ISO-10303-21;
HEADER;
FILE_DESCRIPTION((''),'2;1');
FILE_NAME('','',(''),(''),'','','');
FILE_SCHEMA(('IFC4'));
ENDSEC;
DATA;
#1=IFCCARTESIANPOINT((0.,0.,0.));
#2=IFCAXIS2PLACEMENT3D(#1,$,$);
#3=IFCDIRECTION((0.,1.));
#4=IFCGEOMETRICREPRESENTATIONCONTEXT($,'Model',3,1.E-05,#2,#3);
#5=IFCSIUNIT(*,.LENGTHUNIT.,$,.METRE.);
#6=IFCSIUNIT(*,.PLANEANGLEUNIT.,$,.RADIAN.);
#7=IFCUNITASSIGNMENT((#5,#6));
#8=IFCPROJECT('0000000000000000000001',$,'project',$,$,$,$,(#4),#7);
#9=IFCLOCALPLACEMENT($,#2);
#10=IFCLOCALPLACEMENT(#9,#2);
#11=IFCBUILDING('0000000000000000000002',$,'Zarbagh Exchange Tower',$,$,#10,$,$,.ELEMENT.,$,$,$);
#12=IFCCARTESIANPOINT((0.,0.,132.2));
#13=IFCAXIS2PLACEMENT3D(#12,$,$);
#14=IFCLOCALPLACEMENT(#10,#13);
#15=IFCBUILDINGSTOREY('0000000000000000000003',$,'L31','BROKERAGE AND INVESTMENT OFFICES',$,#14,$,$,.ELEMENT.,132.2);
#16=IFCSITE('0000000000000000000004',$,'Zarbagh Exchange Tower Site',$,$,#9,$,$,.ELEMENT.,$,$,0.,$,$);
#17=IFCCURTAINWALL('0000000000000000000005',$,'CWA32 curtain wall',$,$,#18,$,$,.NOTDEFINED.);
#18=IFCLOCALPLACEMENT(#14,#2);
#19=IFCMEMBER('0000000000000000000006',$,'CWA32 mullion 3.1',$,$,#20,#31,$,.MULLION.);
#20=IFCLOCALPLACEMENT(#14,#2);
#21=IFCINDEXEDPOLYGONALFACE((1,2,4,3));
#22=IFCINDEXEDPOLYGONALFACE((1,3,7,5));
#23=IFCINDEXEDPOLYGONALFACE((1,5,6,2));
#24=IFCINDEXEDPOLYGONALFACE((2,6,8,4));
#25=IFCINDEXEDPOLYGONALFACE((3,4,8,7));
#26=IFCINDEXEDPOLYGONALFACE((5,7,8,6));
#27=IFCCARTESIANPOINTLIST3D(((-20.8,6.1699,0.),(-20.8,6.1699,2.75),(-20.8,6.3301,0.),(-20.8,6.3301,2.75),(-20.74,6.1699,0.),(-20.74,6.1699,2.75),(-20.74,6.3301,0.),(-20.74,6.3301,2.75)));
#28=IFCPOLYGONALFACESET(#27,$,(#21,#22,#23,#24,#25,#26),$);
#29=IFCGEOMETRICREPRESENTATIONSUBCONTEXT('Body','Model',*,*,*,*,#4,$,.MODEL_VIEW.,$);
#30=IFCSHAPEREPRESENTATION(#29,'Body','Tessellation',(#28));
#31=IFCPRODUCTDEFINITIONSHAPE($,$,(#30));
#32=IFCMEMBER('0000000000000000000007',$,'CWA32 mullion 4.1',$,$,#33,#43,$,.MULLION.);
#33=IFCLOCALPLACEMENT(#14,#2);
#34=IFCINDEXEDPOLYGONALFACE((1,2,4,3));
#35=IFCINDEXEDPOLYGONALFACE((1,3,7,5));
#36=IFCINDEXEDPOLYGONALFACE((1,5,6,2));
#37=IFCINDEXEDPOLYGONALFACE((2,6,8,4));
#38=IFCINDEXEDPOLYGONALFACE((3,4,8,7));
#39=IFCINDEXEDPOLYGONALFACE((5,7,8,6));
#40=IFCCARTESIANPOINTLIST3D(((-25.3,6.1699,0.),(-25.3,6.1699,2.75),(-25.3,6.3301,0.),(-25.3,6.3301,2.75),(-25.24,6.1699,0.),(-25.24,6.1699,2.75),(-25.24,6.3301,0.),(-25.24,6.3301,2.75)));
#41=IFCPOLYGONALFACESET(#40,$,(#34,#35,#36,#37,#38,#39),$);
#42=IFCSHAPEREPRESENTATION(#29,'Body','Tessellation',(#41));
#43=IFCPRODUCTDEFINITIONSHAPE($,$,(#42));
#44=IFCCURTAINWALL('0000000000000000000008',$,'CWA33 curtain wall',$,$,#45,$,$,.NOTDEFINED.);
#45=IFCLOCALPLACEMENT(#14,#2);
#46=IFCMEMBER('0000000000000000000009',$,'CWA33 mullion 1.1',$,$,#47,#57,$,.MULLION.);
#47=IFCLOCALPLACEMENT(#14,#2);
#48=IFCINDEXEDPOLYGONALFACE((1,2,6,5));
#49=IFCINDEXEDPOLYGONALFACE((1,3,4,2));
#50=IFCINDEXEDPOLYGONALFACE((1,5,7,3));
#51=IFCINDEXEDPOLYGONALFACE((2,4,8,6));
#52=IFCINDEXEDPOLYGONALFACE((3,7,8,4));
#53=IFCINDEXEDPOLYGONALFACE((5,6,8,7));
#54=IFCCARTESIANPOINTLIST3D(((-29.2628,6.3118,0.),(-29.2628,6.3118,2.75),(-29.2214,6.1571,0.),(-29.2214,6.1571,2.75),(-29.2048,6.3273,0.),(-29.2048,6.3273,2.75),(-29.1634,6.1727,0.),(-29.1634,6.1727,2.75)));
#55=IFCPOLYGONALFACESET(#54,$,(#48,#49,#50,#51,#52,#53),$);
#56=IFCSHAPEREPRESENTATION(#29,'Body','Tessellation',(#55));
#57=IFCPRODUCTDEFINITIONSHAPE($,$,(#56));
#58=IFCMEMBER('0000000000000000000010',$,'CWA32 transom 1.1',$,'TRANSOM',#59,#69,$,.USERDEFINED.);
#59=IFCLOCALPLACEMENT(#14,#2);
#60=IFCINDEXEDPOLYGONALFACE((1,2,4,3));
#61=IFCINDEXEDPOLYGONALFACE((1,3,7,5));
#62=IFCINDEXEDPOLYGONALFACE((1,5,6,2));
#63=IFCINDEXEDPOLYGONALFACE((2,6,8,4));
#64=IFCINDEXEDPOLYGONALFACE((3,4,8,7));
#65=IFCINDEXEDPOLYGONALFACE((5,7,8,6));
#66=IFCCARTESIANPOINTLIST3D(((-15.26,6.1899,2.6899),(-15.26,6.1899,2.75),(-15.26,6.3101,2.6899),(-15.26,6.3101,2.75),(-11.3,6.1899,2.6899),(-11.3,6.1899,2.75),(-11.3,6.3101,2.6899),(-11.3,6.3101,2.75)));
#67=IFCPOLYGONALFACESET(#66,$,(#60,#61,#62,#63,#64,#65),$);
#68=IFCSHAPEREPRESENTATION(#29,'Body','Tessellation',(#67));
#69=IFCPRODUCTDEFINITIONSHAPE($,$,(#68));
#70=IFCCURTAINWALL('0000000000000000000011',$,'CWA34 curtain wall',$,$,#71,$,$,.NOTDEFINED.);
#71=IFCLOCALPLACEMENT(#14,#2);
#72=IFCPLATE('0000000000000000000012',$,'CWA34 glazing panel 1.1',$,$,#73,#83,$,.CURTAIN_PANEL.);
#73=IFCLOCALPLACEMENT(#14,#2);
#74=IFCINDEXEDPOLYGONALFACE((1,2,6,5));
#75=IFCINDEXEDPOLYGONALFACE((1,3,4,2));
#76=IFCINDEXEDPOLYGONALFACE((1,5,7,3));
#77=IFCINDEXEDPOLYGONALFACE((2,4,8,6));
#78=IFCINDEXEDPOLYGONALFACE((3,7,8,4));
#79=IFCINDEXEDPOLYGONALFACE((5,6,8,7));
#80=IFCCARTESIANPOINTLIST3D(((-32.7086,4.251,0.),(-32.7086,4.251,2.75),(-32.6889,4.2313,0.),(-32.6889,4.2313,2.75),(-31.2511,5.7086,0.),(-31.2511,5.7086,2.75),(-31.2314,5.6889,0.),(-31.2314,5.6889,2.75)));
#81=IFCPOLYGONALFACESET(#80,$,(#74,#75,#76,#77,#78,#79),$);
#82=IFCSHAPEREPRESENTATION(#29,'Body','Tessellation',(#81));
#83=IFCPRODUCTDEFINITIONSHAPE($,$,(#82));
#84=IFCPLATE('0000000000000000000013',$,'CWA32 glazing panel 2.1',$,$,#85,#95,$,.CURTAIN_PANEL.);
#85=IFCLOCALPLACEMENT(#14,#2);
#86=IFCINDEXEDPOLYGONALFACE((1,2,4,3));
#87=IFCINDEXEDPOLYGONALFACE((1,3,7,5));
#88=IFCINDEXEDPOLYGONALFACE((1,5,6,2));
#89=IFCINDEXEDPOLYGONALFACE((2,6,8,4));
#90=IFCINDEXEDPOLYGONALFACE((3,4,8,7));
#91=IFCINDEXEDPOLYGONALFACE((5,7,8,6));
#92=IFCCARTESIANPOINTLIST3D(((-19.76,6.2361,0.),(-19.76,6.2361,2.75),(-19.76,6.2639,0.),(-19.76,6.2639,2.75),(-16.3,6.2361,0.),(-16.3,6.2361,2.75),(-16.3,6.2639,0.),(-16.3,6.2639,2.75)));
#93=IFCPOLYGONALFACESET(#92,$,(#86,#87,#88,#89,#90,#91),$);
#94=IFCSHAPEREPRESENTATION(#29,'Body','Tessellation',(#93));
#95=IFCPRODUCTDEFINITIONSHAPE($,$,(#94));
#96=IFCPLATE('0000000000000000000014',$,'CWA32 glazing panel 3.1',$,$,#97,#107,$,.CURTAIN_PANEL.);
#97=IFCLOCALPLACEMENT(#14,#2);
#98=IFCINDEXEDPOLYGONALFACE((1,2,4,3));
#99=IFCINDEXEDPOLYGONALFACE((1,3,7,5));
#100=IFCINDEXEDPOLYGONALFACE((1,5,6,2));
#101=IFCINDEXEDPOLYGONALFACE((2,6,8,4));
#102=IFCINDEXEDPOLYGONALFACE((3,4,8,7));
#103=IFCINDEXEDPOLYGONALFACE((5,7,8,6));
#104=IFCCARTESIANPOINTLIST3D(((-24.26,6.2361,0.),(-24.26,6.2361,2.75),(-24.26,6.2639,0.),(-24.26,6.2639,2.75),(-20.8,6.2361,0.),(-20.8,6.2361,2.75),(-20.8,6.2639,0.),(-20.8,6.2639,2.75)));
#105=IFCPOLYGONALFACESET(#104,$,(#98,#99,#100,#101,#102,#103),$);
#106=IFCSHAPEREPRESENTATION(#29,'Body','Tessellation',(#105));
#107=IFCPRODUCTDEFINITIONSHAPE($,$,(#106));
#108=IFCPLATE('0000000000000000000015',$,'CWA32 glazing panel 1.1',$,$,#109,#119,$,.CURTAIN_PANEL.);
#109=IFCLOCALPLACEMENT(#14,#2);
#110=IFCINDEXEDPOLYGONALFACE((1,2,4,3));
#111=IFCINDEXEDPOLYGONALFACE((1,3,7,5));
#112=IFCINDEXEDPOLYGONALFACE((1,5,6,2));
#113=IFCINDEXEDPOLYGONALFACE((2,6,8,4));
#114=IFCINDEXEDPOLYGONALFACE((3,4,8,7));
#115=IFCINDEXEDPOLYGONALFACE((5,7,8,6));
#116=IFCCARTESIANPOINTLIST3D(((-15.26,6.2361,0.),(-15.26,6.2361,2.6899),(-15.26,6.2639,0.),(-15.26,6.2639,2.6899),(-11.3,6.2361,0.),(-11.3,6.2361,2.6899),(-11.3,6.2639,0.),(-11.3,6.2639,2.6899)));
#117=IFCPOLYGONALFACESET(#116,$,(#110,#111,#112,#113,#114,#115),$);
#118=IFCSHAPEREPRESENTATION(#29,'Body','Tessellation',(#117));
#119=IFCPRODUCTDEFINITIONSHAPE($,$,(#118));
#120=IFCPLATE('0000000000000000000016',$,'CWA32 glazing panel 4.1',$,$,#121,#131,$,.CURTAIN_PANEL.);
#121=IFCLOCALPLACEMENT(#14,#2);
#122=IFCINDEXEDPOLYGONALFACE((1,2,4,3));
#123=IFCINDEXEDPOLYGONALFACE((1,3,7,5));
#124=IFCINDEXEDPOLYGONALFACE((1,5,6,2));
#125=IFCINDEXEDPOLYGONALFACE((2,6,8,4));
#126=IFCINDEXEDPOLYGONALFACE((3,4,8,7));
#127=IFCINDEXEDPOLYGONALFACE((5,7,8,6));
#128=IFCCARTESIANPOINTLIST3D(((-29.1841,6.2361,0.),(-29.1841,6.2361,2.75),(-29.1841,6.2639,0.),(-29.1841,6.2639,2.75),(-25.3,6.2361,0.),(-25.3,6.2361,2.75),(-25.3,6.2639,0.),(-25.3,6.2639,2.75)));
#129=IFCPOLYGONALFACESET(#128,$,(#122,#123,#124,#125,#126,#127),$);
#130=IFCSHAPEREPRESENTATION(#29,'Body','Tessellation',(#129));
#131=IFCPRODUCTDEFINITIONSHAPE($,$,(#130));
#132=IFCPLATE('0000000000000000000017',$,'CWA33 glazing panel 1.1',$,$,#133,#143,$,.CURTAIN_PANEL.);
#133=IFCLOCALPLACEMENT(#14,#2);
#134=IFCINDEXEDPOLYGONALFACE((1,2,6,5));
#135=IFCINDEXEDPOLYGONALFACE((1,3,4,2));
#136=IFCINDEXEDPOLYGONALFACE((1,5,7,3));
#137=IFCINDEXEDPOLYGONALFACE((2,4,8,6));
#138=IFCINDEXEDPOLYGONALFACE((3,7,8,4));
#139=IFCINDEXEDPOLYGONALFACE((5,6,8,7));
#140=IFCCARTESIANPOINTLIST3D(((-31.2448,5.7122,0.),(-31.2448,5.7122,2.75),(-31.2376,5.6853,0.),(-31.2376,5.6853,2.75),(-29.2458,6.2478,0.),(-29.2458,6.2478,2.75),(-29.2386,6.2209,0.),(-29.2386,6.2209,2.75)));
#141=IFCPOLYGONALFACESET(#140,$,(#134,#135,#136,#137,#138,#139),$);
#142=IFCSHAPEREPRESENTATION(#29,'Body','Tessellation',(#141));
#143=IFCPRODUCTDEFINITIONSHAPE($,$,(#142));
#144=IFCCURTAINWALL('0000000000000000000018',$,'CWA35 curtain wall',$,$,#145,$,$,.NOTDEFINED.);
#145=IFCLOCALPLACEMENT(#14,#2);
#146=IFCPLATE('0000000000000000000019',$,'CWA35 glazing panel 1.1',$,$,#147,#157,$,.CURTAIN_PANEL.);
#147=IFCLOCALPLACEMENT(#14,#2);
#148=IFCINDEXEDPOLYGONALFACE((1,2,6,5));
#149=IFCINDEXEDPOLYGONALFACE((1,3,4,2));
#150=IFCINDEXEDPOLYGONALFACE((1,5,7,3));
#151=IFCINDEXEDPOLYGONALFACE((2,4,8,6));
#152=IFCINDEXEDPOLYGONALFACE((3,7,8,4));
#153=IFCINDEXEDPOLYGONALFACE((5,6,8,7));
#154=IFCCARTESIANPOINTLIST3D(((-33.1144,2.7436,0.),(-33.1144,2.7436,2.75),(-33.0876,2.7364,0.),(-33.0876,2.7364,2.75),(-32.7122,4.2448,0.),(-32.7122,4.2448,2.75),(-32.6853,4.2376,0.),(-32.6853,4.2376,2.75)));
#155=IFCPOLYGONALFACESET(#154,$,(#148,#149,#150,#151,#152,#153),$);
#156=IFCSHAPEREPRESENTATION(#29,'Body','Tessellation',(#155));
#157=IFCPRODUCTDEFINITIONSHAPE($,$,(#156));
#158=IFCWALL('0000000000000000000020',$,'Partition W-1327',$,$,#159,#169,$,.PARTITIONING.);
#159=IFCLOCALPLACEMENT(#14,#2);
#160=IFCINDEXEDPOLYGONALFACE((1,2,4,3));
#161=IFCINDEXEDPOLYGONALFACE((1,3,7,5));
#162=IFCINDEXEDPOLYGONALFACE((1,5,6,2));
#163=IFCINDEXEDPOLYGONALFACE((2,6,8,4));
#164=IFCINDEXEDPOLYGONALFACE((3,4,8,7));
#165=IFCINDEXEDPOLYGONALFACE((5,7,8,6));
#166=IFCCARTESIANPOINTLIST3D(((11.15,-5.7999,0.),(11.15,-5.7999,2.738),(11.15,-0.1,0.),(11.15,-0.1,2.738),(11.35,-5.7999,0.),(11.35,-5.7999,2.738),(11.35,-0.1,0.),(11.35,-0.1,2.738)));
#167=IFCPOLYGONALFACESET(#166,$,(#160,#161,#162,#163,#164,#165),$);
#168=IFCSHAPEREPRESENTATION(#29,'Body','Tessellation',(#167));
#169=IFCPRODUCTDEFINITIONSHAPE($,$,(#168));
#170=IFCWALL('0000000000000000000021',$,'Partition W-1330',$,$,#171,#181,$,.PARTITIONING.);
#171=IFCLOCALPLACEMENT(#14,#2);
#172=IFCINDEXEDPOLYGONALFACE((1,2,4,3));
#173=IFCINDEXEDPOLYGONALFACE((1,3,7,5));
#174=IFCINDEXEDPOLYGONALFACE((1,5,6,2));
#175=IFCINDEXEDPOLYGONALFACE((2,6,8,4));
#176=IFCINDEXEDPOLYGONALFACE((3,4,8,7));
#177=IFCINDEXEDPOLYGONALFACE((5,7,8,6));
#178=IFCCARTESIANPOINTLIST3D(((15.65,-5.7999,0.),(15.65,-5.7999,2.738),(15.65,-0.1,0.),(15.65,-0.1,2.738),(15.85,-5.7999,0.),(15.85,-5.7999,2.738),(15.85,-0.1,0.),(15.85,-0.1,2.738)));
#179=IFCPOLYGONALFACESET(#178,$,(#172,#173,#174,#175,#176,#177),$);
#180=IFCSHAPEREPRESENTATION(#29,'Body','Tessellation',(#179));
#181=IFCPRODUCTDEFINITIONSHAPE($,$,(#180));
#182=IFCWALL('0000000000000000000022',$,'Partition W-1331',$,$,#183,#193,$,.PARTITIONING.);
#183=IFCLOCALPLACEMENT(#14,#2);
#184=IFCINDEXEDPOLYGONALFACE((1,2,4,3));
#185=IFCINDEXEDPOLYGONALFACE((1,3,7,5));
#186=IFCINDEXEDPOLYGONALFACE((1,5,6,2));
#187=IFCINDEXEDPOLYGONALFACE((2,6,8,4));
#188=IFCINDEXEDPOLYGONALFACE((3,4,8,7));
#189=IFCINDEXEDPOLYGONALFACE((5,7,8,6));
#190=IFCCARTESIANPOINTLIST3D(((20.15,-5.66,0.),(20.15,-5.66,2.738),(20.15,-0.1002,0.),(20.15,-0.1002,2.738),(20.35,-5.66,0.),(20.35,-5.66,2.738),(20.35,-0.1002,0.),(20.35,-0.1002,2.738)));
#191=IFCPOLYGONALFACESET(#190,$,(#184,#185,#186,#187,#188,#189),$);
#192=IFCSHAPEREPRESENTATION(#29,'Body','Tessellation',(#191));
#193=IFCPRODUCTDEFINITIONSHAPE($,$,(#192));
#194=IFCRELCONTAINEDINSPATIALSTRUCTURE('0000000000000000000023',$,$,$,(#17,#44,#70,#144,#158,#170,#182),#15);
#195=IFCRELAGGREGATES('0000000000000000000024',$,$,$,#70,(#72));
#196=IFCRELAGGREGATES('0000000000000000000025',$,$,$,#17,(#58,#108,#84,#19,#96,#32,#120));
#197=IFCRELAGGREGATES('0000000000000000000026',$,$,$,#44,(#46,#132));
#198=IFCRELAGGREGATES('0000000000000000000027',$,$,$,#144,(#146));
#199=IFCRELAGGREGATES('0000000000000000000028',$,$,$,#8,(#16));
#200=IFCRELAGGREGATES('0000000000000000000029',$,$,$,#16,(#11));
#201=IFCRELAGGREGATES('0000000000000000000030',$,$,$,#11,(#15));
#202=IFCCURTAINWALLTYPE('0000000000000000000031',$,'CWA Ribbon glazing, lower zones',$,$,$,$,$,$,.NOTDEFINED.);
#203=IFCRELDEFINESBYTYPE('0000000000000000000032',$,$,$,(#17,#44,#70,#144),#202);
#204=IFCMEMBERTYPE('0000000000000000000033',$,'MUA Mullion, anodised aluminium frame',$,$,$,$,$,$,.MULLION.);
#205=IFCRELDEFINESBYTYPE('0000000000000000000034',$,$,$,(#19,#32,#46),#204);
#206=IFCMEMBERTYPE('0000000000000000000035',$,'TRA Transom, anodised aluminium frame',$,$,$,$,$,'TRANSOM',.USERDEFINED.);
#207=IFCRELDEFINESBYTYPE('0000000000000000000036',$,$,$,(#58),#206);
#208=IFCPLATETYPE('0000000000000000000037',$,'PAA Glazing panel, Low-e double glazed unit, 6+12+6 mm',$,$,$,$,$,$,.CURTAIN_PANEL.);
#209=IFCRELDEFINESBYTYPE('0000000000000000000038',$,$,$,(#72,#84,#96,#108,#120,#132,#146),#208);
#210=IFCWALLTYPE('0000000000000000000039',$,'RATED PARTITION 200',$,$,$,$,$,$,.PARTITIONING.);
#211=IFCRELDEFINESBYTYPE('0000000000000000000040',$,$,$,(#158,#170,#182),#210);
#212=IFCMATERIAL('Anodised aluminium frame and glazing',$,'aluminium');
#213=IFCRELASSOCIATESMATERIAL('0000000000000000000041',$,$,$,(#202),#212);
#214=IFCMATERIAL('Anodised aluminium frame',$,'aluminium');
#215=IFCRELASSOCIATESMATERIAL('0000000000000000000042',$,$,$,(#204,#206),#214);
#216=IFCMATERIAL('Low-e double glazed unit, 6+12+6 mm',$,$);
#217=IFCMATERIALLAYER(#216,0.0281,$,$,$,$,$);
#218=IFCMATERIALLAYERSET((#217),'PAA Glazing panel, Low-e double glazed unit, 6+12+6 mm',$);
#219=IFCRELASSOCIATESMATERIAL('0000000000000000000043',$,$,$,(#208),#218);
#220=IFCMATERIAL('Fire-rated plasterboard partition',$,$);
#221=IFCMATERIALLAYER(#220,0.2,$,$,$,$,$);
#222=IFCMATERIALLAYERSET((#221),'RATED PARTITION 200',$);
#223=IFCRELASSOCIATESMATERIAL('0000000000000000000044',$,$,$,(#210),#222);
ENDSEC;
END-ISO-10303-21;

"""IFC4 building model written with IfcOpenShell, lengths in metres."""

from ifc_helpers import new_model, si_unit, direction, frame, frame_2d, origin, place, context, subcontext, project, spatial, polyline, rectangle, outline, extrude, source, transform, mapped, material, layer, layer_set, type_object, element, aggregate, save


model = new_model("IFC4")

# Units and contexts
model_context = context("Model", 3, precision=1e-05, world=origin(), true_north=direction((0.0, 1.0)))
body_context = subcontext(model_context, "Body", "Model", "MODEL_VIEW")
ifc_project = project(units=[si_unit("LENGTHUNIT", "METRE"), si_unit("PLANEANGLEUNIT", "RADIAN")], contexts=[model_context])

# Site, building, storey
site_placement = place(None, origin())
site = spatial("IfcSite", under=ifc_project, at=site_placement, Name="Zarbagh Exchange Tower Site", CompositionType="ELEMENT", RefElevation=0.0)
building_placement = place(site_placement, origin())
building = spatial("IfcBuilding", under=site, at=building_placement, Name="Zarbagh Exchange Tower", CompositionType="ELEMENT")
storey_placement = place(building_placement, frame((0.0, 0.0, 132.2)))
storey = spatial("IfcBuildingStorey", under=building, at=storey_placement, Name="L31", Description="BROKERAGE AND INVESTMENT OFFICES", CompositionType="ELEMENT", Elevation=132.2)

# Curtain wall, members
ifc_material_1 = material(Name="Anodised aluminium frame and glazing", Category="aluminium")
curtain_wall_type = type_object("IfcCurtainWallType", Name="CWA Ribbon glazing, lower zones", PredefinedType="NOTDEFINED", material=ifc_material_1)
curtain_wall_1_placement = place(storey_placement, origin())
curtain_wall_1 = element("IfcCurtainWall", 1, at=curtain_wall_1_placement, inside=storey, type_object=curtain_wall_type, Name="CWA32 curtain wall", PredefinedType="NOTDEFINED")
ifc_material_2 = material(Name="Anodised aluminium frame", Category="aluminium")
member_type_1 = type_object("IfcMemberType", Name="MUA Mullion, anodised aluminium frame", PredefinedType="MULLION", material=ifc_material_2)
shared_shape_1 = source(origin(), body_context, "Body", "SweptSolid", [
    extrude(outline(polyline([(0.0, -0.0801), (0.0601, -0.0801), (0.0601, 0.0801), (0.0, 0.0801), (0.0, -0.0801)])), origin(), (0.0, 0.0, 1.0), 2.75),
])
placement = place(storey_placement, origin())
member_1 = element("IfcMember", 2, at=placement, type_object=member_type_1, Name="CWA32 mullion 3.1", PredefinedType="MULLION", context=body_context, shape_type="MappedRepresentation", body=[
    mapped(shared_shape_1, transform((-20.74, 6.25, 0.0), x_axis=(-1.0, 0.0, 0.0), y_axis=(0.0, -1.0, 0.0), z_axis=(0.0, 0.0, 1.0))),
])
member_2 = element("IfcMember", 3, at=placement, type_object=member_type_1, Name="CWA32 mullion 4.1", PredefinedType="MULLION", context=body_context, shape_type="MappedRepresentation", body=[
    mapped(shared_shape_1, transform((-25.24, 6.25, 0.0), x_axis=(-1.0, 0.0, 0.0), y_axis=(0.0, -1.0, 0.0), z_axis=(0.0, 0.0, 1.0))),
])

# Curtain wall, member
curtain_wall_2_placement = place(storey_placement, origin())
curtain_wall_2 = element("IfcCurtainWall", 4, at=curtain_wall_2_placement, inside=storey, type_object=curtain_wall_type, Name="CWA33 curtain wall", PredefinedType="NOTDEFINED")
member_3 = element("IfcMember", 5, at=placement, type_object=member_type_1, Name="CWA33 mullion 1.1", PredefinedType="MULLION", context=body_context, shape_type="MappedRepresentation", body=[
    mapped(shared_shape_1, transform((-29.1841, 6.25, 0.0), x_axis=(-0.965924, -0.258825, 0.0), y_axis=(0.258825, -0.965924, 0.0), z_axis=(0.0, 0.0, 1.0))),
])

# Member
member_type_2 = type_object("IfcMemberType", Name="TRA Transom, anodised aluminium frame", ElementType="TRANSOM", PredefinedType="USERDEFINED", material=ifc_material_2)
shared_shape_2 = source(origin(), body_context, "Body", "SweptSolid", [
    extrude(outline(polyline([(-0.0601, -0.0601), (0.0, -0.0601), (0.0, 0.0601), (-0.0601, 0.0601), (-0.0601, -0.0601)])), origin(), (0.0, 0.0, 1.0), 3.96),
])
member_4 = element("IfcMember", 6, at=placement, type_object=member_type_2, Name="CWA32 transom 1.1", ObjectType="TRANSOM", PredefinedType="USERDEFINED", context=body_context, shape_type="MappedRepresentation", body=[
    mapped(shared_shape_2, transform((-11.3, 6.25, 2.75), x_axis=(0.0, 0.0, 1.0), y_axis=(0.0, 1.0, 0.0), z_axis=(-1.0, 0.0, 0.0))),
])

# Curtain wall, plate
curtain_wall_3_placement = place(storey_placement, origin())
curtain_wall_3 = element("IfcCurtainWall", 7, at=curtain_wall_3_placement, inside=storey, type_object=curtain_wall_type, Name="CWA34 curtain wall", PredefinedType="NOTDEFINED")
ifc_material_3 = material(Name="Low-e double glazed unit, 6+12+6 mm")
ifc_layer_1 = layer(ifc_material_3, 0.0281)
ifc_layer_set_1 = layer_set([ifc_layer_1], Name="PAA Glazing panel, Low-e double glazed unit, 6+12+6 mm")
plate_type = type_object("IfcPlateType", Name="PAA Glazing panel, Low-e double glazed unit, 6+12+6 mm", PredefinedType="CURTAIN_PANEL", material=ifc_layer_set_1)
shared_shape_3 = source(origin(), body_context, "Body", "SweptSolid", [
    extrude(outline(polyline([(0.0, -0.0139), (2.0613, -0.0139), (2.0613, 0.0139), (0.0, 0.0139), (0.0, -0.0139)])), origin(), (0.0, 0.0, 1.0), 2.75),
])
plate_1 = element("IfcPlate", 8, at=placement, type_object=plate_type, Name="CWA34 glazing panel 1.1", PredefinedType="CURTAIN_PANEL", context=body_context, shape_type="MappedRepresentation", body=[
    mapped(shared_shape_3, transform((-31.2412, 5.6987, 0.0), x_axis=(-0.707107, -0.707107, 0.0), y_axis=(0.707107, -0.707107, 0.0), z_axis=(0.0, 0.0, 1.0))),
])
aggregate(curtain_wall_3, [plate_1])

# Plates
shared_shape_4 = source(origin(), body_context, "Body", "SweptSolid", [
    extrude(outline(polyline([(0.0, -0.0139), (3.46, -0.0139), (3.46, 0.0139), (0.0, 0.0139), (0.0, -0.0139)])), origin(), (0.0, 0.0, 1.0), 2.75),
])
plate_2 = element("IfcPlate", 9, at=placement, type_object=plate_type, Name="CWA32 glazing panel 2.1", PredefinedType="CURTAIN_PANEL", context=body_context, shape_type="MappedRepresentation", body=[
    mapped(shared_shape_4, transform((-16.3, 6.25, 0.0), x_axis=(-1.0, 0.0, 0.0), y_axis=(0.0, -1.0, 0.0), z_axis=(0.0, 0.0, 1.0))),
])
plate_3 = element("IfcPlate", 10, at=placement, type_object=plate_type, Name="CWA32 glazing panel 3.1", PredefinedType="CURTAIN_PANEL", context=body_context, shape_type="MappedRepresentation", body=[
    mapped(shared_shape_4, transform((-20.8, 6.25, 0.0), x_axis=(-1.0, 0.0, 0.0), y_axis=(0.0, -1.0, 0.0), z_axis=(0.0, 0.0, 1.0))),
])
shared_shape_5 = source(origin(), body_context, "Body", "SweptSolid", [
    extrude(outline(polyline([(0.0, -0.0139), (3.96, -0.0139), (3.96, 0.0139), (0.0, 0.0139), (0.0, -0.0139)])), origin(), (0.0, 0.0, 1.0), 2.6899),
])
plate_4 = element("IfcPlate", 11, at=placement, type_object=plate_type, Name="CWA32 glazing panel 1.1", PredefinedType="CURTAIN_PANEL", context=body_context, shape_type="MappedRepresentation", body=[
    mapped(shared_shape_5, transform((-11.3, 6.25, 0.0), x_axis=(-1.0, 0.0, 0.0), y_axis=(0.0, -1.0, 0.0), z_axis=(0.0, 0.0, 1.0))),
])
shared_shape_6 = source(origin(), body_context, "Body", "SweptSolid", [
    extrude(outline(polyline([(0.0, -0.0139), (3.884, -0.0139), (3.884, 0.0139), (0.0, 0.0139), (0.0, -0.0139)])), origin(), (0.0, 0.0, 1.0), 2.75),
])
plate_5 = element("IfcPlate", 12, at=placement, type_object=plate_type, Name="CWA32 glazing panel 4.1", PredefinedType="CURTAIN_PANEL", context=body_context, shape_type="MappedRepresentation", body=[
    mapped(shared_shape_6, transform((-25.3, 6.25, 0.0), x_axis=(-1.0, 0.0, 0.0), y_axis=(0.0, -1.0, 0.0), z_axis=(0.0, 0.0, 1.0))),
])
aggregate(curtain_wall_1, [member_4, plate_4, plate_2, member_1, plate_3, member_2, plate_5])
shared_shape_7 = source(origin(), body_context, "Body", "SweptSolid", [
    extrude(outline(polyline([(0.0, -0.0139), (2.0696, -0.0139), (2.0696, 0.0139), (0.0, 0.0139), (0.0, -0.0139)])), origin(), (0.0, 0.0, 1.0), 2.75),
])
plate_6 = element("IfcPlate", 13, at=placement, type_object=plate_type, Name="CWA33 glazing panel 1.1", PredefinedType="CURTAIN_PANEL", context=body_context, shape_type="MappedRepresentation", body=[
    mapped(shared_shape_7, transform((-29.2422, 6.2344, 0.0), x_axis=(-0.965924, -0.258825, 0.0), y_axis=(0.258825, -0.965924, 0.0), z_axis=(0.0, 0.0, 1.0))),
])
aggregate(curtain_wall_2, [member_3, plate_6])

# Curtain wall, plate
curtain_wall_4_placement = place(storey_placement, origin())
curtain_wall_4 = element("IfcCurtainWall", 14, at=curtain_wall_4_placement, inside=storey, type_object=curtain_wall_type, Name="CWA35 curtain wall", PredefinedType="NOTDEFINED")
shared_shape_8 = source(origin(), body_context, "Body", "SweptSolid", [
    extrude(outline(polyline([(0.0, -0.0139), (1.5542, -0.0139), (1.5542, 0.0139), (0.0, 0.0139), (0.0, -0.0139)])), origin(), (0.0, 0.0, 1.0), 2.75),
])
plate_7 = element("IfcPlate", 15, at=placement, type_object=plate_type, Name="CWA35 glazing panel 1.1", PredefinedType="CURTAIN_PANEL", context=body_context, shape_type="MappedRepresentation", body=[
    mapped(shared_shape_8, transform((-32.6987, 4.2412, 0.0), x_axis=(-0.258825, -0.965924, 0.0), y_axis=(0.965924, -0.258825, 0.0), z_axis=(0.0, 0.0, 1.0))),
])
aggregate(curtain_wall_4, [plate_7])

# Walls
ifc_material_4 = material(Name="Fire-rated plasterboard partition")
ifc_layer_2 = layer(ifc_material_4, 0.2)
ifc_layer_set_2 = layer_set([ifc_layer_2], Name="RATED PARTITION 200")
wall_type = type_object("IfcWallType", Name="RATED PARTITION 200", PredefinedType="PARTITIONING", material=ifc_layer_set_2)
for number, where, z_axis, x_axis, name in (
    (16, (11.25, -5.8, 0.0), (0.0, 0.0, 1.0), (0.0, 1.0, 0.0), "Partition W-1327"),
    (17, (15.75, -5.8, 0.0), (0.0, 0.0, 1.0), (0.0, 1.0, 0.0), "Partition W-1330"),
):
    element("IfcWall", number, at=place(storey_placement, frame(where, z_axis=z_axis, x_axis=x_axis)), inside=storey, type_object=wall_type, Name=name, PredefinedType="PARTITIONING", context=body_context, shape_type="SweptSolid", body=[
        extrude(rectangle(XDim=5.7, YDim=0.2, at=frame_2d((2.8501, 0.0))), origin(), (0.0, 0.0, 1.0), 2.738),
    ])
wall_placement = place(storey_placement, frame((20.25, -5.6599, 0.0), z_axis=(0.0, 0.0, 1.0), x_axis=(0.0, 1.0, 0.0)))
element("IfcWall", 18, at=wall_placement, inside=storey, type_object=wall_type, Name="Partition W-1331", PredefinedType="PARTITIONING", context=body_context, shape_type="SweptSolid", body=[
    extrude(rectangle(XDim=5.5598, YDim=0.2, at=frame_2d((2.7798, 0.0))), origin(), (0.0, 0.0, 1.0), 2.738),
])

save(model, "model.ifc")
